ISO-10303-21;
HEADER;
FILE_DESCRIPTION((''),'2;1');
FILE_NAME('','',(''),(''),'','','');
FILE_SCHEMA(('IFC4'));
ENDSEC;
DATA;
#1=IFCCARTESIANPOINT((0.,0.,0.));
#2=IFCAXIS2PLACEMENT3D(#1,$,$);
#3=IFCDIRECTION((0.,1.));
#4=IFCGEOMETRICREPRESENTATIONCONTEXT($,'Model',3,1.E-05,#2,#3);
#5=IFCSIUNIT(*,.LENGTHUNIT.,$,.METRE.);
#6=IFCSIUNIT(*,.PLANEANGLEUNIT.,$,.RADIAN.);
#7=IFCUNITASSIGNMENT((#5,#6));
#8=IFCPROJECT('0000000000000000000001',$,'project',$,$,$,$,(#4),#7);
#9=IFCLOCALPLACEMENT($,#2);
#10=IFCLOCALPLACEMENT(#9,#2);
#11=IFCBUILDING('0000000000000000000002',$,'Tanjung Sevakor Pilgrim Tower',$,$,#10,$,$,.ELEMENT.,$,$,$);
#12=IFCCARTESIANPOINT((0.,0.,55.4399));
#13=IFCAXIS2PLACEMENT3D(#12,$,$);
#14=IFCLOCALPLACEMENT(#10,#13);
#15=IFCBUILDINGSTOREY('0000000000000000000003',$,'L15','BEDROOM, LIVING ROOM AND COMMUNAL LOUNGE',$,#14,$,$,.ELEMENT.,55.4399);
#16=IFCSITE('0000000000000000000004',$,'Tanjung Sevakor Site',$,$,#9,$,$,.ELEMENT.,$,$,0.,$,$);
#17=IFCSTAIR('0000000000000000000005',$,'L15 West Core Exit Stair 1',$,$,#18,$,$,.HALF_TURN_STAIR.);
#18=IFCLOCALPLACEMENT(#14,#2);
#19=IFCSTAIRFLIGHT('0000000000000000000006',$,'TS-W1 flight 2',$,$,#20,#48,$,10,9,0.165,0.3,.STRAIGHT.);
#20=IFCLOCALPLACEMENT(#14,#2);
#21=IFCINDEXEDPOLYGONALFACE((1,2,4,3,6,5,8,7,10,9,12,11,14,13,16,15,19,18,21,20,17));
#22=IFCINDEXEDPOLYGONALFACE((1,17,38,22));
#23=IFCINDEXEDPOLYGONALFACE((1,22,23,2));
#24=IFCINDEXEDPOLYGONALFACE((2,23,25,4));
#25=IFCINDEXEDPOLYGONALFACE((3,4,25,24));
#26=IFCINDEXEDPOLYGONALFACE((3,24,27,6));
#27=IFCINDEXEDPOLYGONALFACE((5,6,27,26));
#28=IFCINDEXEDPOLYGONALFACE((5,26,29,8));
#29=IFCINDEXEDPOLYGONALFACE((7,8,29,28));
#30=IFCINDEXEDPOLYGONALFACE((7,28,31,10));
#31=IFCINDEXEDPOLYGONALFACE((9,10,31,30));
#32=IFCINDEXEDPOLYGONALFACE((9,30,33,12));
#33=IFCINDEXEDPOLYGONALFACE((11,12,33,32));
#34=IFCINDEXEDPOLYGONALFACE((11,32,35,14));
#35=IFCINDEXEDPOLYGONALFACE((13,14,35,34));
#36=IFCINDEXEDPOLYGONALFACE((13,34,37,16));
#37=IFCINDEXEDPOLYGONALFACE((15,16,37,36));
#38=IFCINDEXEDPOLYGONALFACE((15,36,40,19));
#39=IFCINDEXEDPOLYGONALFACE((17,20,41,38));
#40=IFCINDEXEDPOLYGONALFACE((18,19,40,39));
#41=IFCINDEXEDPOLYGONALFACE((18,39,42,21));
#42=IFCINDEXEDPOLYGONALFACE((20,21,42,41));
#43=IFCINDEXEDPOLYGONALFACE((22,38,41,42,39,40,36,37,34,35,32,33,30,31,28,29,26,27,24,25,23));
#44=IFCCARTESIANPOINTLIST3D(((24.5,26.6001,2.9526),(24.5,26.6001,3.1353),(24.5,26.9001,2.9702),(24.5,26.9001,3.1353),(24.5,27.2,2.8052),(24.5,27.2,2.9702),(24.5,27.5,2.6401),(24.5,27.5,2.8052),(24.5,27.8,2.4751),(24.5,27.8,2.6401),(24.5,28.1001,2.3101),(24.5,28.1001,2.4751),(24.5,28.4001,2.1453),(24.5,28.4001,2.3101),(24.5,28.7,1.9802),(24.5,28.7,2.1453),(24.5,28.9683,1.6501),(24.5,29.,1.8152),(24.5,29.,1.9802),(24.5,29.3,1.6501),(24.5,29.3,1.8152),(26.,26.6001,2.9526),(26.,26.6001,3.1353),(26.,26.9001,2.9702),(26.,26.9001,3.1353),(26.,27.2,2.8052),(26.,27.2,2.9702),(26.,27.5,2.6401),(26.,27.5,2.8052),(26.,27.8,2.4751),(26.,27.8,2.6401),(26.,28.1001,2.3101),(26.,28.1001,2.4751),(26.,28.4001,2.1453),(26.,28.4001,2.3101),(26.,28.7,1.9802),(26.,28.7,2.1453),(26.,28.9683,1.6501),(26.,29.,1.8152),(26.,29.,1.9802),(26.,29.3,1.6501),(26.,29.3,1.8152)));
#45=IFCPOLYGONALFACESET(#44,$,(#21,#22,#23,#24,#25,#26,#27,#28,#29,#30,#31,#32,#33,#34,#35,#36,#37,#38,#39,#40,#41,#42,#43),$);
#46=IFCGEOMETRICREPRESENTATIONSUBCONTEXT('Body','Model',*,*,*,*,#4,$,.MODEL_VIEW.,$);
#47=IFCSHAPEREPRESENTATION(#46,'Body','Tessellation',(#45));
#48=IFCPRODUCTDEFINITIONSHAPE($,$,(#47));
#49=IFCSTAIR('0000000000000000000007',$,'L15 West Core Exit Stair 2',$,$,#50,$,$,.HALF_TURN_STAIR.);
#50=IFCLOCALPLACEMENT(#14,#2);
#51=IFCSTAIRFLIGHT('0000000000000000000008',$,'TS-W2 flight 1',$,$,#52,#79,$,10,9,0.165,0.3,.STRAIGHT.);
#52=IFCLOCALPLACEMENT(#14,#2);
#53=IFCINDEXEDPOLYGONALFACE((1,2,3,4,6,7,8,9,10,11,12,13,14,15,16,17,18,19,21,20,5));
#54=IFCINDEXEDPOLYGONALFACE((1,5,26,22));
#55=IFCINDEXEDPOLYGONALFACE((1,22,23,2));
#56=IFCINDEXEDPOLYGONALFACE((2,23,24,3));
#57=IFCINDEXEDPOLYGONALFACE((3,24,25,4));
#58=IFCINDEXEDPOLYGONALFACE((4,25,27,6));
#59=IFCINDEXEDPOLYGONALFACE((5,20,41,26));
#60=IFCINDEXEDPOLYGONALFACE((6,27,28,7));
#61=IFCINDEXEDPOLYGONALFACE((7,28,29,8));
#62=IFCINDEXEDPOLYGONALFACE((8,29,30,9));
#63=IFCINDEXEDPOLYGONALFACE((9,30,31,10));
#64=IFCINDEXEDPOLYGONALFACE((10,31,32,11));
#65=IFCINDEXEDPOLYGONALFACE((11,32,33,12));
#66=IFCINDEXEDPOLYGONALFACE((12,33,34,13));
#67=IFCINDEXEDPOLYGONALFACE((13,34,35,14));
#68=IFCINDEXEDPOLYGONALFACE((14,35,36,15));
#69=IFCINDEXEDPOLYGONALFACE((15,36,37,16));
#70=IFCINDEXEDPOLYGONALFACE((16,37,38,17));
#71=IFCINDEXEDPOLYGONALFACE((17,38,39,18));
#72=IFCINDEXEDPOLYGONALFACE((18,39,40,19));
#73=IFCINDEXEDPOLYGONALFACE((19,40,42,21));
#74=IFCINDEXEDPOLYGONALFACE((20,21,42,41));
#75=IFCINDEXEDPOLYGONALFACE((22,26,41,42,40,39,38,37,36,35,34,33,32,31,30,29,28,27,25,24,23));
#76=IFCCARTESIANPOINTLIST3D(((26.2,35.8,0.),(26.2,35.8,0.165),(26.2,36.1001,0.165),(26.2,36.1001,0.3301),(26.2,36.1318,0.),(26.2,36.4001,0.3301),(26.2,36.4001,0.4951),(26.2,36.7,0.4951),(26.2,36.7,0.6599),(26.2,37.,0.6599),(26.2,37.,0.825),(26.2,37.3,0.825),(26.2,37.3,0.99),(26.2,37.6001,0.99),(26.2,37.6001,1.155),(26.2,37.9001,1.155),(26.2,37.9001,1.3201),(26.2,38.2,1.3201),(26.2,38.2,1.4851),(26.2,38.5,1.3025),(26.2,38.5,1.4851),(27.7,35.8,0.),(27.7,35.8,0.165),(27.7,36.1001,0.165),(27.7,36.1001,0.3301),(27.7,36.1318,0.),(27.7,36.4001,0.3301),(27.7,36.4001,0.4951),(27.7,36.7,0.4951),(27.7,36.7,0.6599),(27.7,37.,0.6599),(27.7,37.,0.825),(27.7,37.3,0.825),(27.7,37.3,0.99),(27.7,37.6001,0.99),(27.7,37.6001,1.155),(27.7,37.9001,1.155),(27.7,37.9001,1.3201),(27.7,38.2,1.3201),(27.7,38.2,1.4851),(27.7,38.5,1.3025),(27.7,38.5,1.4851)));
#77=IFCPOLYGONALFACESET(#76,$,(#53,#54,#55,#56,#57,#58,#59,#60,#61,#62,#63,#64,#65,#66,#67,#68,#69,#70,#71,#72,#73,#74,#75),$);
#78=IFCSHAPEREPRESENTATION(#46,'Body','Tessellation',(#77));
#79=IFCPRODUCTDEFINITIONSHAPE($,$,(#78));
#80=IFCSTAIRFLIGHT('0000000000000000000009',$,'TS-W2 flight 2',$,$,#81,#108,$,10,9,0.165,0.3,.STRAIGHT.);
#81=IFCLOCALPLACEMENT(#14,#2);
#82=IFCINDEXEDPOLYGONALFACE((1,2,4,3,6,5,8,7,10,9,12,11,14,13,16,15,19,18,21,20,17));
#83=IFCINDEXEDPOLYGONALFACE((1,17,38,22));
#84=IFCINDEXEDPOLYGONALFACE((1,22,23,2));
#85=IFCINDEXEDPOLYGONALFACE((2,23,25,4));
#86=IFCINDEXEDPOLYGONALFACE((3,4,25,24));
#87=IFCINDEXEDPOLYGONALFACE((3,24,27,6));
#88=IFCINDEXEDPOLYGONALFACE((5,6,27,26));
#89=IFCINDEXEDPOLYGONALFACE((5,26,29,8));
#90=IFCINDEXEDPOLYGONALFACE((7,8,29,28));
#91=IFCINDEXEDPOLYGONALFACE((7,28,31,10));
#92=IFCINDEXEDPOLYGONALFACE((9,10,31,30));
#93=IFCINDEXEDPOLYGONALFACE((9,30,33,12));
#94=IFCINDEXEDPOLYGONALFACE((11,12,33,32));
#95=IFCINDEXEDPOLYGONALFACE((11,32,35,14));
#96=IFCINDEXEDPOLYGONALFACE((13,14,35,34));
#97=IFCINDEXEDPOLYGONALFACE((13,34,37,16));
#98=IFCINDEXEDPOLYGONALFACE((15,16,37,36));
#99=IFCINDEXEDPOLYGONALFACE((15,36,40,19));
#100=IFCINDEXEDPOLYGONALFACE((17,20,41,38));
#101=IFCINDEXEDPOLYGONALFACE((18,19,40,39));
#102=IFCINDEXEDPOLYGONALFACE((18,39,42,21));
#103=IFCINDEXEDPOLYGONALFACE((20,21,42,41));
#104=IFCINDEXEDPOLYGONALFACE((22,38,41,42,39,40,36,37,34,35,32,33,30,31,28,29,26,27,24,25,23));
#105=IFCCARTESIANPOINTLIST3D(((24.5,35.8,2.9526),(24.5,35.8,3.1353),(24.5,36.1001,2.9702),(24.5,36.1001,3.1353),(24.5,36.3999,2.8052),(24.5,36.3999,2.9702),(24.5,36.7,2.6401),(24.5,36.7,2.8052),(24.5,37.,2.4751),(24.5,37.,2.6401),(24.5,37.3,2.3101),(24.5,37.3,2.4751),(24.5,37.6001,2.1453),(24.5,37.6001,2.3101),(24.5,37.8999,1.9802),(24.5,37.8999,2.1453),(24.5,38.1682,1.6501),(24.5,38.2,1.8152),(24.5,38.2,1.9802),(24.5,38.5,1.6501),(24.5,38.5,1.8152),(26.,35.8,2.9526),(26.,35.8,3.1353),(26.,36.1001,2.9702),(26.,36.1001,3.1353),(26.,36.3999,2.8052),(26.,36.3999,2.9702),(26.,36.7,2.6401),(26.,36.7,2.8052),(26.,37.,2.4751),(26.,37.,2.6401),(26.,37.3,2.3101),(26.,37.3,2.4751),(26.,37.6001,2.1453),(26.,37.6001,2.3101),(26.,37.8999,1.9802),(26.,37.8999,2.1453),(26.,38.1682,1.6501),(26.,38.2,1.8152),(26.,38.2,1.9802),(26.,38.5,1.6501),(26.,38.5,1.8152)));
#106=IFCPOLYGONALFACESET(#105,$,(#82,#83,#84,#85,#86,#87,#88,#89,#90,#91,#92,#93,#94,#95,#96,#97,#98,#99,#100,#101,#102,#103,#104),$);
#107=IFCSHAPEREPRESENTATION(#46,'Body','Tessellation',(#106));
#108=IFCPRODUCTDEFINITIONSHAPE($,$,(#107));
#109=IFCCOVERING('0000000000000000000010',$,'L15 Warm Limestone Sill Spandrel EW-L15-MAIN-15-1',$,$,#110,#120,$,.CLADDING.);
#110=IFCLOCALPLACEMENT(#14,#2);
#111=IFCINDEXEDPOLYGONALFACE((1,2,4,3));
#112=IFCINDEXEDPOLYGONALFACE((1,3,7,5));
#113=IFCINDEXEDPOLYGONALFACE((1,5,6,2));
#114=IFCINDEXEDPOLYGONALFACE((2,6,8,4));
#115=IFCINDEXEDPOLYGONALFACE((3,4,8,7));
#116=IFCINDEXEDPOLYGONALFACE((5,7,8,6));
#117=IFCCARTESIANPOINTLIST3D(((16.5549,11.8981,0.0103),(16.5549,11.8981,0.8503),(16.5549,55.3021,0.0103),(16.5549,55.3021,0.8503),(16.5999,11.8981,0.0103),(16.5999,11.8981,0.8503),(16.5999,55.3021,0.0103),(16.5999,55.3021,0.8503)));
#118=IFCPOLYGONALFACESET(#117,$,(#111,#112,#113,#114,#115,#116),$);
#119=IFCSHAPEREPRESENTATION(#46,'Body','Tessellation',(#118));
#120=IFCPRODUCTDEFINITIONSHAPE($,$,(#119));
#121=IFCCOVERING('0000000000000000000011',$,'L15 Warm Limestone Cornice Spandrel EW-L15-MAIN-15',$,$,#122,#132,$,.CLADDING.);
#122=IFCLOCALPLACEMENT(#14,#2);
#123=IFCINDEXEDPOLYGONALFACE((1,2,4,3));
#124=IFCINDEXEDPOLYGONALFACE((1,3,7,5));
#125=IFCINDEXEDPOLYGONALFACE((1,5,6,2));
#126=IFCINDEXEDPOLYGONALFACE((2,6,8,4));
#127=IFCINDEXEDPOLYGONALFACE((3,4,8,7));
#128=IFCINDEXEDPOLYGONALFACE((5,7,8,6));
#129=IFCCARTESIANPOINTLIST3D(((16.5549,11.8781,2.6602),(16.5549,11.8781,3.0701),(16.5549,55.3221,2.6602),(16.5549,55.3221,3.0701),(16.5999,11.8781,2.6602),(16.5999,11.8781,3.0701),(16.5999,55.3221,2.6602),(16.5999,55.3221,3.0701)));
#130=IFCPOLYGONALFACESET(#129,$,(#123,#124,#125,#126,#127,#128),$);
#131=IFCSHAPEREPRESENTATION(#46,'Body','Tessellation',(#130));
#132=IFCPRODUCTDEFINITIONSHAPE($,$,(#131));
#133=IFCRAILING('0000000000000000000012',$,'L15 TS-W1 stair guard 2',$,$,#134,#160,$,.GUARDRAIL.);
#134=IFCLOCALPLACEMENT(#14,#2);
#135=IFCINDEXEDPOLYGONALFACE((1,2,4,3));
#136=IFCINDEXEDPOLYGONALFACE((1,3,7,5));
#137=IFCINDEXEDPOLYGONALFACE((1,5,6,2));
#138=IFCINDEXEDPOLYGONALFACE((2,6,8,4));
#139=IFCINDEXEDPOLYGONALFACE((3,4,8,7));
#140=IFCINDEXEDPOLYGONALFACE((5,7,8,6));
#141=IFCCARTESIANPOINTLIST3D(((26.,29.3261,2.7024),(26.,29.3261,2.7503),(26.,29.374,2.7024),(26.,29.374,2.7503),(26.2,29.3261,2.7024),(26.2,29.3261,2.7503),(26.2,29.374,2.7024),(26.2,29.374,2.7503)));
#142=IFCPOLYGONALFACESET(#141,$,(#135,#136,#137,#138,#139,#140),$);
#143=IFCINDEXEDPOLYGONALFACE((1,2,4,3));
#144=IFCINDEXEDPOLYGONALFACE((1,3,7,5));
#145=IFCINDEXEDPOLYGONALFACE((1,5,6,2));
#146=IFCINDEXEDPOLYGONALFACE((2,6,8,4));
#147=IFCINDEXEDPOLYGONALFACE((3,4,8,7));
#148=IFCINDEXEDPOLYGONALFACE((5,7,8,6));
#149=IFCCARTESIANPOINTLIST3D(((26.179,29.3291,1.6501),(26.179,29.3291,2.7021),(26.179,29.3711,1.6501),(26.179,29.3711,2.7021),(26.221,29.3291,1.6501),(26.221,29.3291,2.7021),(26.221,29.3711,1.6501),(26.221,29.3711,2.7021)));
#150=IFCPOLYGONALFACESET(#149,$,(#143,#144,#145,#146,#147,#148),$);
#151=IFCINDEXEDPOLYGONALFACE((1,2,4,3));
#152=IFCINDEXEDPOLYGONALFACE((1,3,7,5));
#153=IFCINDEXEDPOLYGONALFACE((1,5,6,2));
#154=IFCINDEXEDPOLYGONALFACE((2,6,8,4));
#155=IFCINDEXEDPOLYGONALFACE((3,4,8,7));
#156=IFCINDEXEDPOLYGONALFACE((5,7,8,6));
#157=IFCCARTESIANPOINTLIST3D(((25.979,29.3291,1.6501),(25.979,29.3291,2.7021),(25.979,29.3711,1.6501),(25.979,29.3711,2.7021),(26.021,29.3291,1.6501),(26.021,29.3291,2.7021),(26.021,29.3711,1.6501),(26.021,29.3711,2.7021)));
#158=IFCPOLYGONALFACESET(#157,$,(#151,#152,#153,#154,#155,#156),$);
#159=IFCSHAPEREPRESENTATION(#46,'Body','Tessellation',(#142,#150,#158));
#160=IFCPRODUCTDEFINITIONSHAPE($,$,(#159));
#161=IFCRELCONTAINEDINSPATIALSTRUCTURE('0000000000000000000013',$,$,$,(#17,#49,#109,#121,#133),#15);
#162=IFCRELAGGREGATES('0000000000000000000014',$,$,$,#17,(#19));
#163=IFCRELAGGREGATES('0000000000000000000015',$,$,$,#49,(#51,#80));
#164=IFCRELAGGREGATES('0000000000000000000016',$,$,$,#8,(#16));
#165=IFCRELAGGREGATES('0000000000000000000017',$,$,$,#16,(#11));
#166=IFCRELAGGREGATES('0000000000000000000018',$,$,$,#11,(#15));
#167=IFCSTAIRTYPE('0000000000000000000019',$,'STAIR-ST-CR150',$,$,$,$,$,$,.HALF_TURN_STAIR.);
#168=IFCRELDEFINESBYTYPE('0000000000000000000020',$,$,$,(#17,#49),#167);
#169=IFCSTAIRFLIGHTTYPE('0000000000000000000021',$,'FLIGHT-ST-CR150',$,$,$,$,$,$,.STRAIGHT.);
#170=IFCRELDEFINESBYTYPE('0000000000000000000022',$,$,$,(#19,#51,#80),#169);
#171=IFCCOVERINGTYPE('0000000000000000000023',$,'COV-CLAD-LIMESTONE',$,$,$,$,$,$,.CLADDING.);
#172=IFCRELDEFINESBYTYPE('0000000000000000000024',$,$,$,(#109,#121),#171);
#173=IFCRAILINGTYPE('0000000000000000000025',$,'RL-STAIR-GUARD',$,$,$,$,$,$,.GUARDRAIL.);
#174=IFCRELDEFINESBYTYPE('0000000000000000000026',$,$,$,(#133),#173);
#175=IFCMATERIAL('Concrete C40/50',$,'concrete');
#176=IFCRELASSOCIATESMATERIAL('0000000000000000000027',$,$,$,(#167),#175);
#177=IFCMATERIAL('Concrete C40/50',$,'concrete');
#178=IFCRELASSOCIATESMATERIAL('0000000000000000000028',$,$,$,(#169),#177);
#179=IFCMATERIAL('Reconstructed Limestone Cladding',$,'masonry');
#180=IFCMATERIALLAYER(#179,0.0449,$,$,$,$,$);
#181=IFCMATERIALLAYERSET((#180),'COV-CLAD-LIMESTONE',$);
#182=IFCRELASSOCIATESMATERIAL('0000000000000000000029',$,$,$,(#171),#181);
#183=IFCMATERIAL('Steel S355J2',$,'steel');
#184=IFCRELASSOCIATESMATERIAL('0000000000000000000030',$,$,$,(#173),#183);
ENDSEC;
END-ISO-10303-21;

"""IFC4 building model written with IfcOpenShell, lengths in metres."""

from ifc_helpers import new_model, si_unit, direction, frame, origin, origin_2d, place, context, subcontext, project, spatial, polyline, rectangle, outline, extrude, material, layer, layer_set, type_object, element, aggregate, save


model = new_model("IFC4")

# Units and contexts
model_context = context("Model", 3, precision=1e-05, world=origin(), true_north=direction((0.0, 1.0)))
body_context = subcontext(model_context, "Body", "Model", "MODEL_VIEW")
ifc_project = project(units=[si_unit("LENGTHUNIT", "METRE"), si_unit("PLANEANGLEUNIT", "RADIAN")], contexts=[model_context])

# Site, building, storey
site_placement = place(None, origin())
site = spatial("IfcSite", under=ifc_project, at=site_placement, Name="Tanjung Sevakor Site", CompositionType="ELEMENT", RefElevation=0.0)
building_placement = place(site_placement, origin())
building = spatial("IfcBuilding", under=site, at=building_placement, Name="Tanjung Sevakor Pilgrim Tower", CompositionType="ELEMENT")
storey_placement = place(building_placement, frame((0.0, 0.0, 55.4399)))
storey = spatial("IfcBuildingStorey", under=building, at=storey_placement, Name="L15", Description="BEDROOM, LIVING ROOM AND COMMUNAL LOUNGE", CompositionType="ELEMENT", Elevation=55.4399)

# Stair, stair flight
ifc_material_1 = material(Name="Concrete C40/50", Category="concrete")
stair_type = type_object("IfcStairType", Name="STAIR-ST-CR150", PredefinedType="HALF_TURN_STAIR", material=ifc_material_1)
stair_1_placement = place(storey_placement, origin())
stair_1 = element("IfcStair", 1, at=stair_1_placement, inside=storey, type_object=stair_type, Name="L15 West Core Exit Stair 1", PredefinedType="HALF_TURN_STAIR")
ifc_material_2 = material(Name="Concrete C40/50", Category="concrete")
stair_flight_type = type_object("IfcStairFlightType", Name="FLIGHT-ST-CR150", PredefinedType="STRAIGHT", material=ifc_material_2)
stair_flight_1_placement = place(storey_placement, frame((25.25, 29.3, 1.6501), z_axis=(0.0, 0.0, 1.0), x_axis=(0.0, -1.0, 0.0)))
stair_flight_1 = element("IfcStairFlight", 2, at=stair_flight_1_placement, type_object=stair_flight_type, Name="TS-W1 flight 2", NumberOfRisers=10, NumberOfTreads=9, PredefinedType="STRAIGHT", RiserHeight=0.165, TreadLength=0.3, context=body_context, shape_type="SweptSolid", body=[
    extrude(outline(polyline([(0.0, 0.0), (0.0, 0.165), (0.3, 0.165), (0.3, 0.3301), (0.6001, 0.3301), (0.6001, 0.4951), (0.8999, 0.4951), (0.8999, 0.6599), (1.2, 0.6599), (1.2, 0.825), (1.5, 0.825), (1.5, 0.99), (1.8, 0.99), (1.8, 1.155), (2.1001, 1.155), (2.1001, 1.3201), (2.3999, 1.3201), (2.3999, 1.4851), (2.7, 1.4851), (2.7, 1.6499), (2.7, 1.3025), (0.3318, 0.0), (0.0, 0.0)])), frame((0.0, 0.75, 0.0), z_axis=(0.0, -1.0, 0.0), x_axis=(1.0, 0.0, 0.0)), (0.0, 0.0, 1.0), 1.5),
])
aggregate(stair_1, [stair_flight_1])

# Stair, stair flights
stair_2_placement = place(storey_placement, origin())
stair_2 = element("IfcStair", 3, at=stair_2_placement, inside=storey, type_object=stair_type, Name="L15 West Core Exit Stair 2", PredefinedType="HALF_TURN_STAIR")
stair_flight_2_placement = place(storey_placement, frame((26.95, 35.8, 0.0), z_axis=(0.0, 0.0, 1.0), x_axis=(0.0, 1.0, 0.0)))
stair_flight_2 = element("IfcStairFlight", 4, at=stair_flight_2_placement, type_object=stair_flight_type, Name="TS-W2 flight 1", NumberOfRisers=10, NumberOfTreads=9, PredefinedType="STRAIGHT", RiserHeight=0.165, TreadLength=0.3, context=body_context, shape_type="SweptSolid", body=[
    extrude(outline(polyline([(0.0, 0.0), (0.0, 0.165), (0.3, 0.165), (0.3, 0.3301), (0.6001, 0.3301), (0.6001, 0.4951), (0.8999, 0.4951), (0.8999, 0.6599), (1.2, 0.6599), (1.2, 0.825), (1.5, 0.825), (1.5, 0.99), (1.8, 0.99), (1.8, 1.155), (2.1001, 1.155), (2.1001, 1.3201), (2.3999, 1.3201), (2.3999, 1.4851), (2.7, 1.4851), (2.7, 1.6499), (2.7, 1.3025), (0.3318, 0.0), (0.0, 0.0)])), frame((0.0, 0.75, 0.0), z_axis=(0.0, -1.0, 0.0), x_axis=(1.0, 0.0, 0.0)), (0.0, 0.0, 1.0), 1.5),
])
stair_flight_3_placement = place(storey_placement, frame((25.25, 38.5, 1.6501), z_axis=(0.0, 0.0, 1.0), x_axis=(0.0, -1.0, 0.0)))
stair_flight_3 = element("IfcStairFlight", 5, at=stair_flight_3_placement, type_object=stair_flight_type, Name="TS-W2 flight 2", NumberOfRisers=10, NumberOfTreads=9, PredefinedType="STRAIGHT", RiserHeight=0.165, TreadLength=0.3, context=body_context, shape_type="SweptSolid", body=[
    extrude(outline(polyline([(0.0, 0.0), (0.0, 0.165), (0.3, 0.165), (0.3, 0.3301), (0.6001, 0.3301), (0.6001, 0.4951), (0.8999, 0.4951), (0.8999, 0.6599), (1.2, 0.6599), (1.2, 0.825), (1.5, 0.825), (1.5, 0.99), (1.8, 0.99), (1.8, 1.155), (2.1001, 1.155), (2.1001, 1.3201), (2.3999, 1.3201), (2.3999, 1.4851), (2.7, 1.4851), (2.7, 1.6499), (2.7, 1.3025), (0.3318, 0.0), (0.0, 0.0)])), frame((0.0, 0.75, 0.0), z_axis=(0.0, -1.0, 0.0), x_axis=(1.0, 0.0, 0.0)), (0.0, 0.0, 1.0), 1.5),
])
aggregate(stair_2, [stair_flight_2, stair_flight_3])

# Coverings
ifc_material_3 = material(Name="Reconstructed Limestone Cladding", Category="masonry")
ifc_layer_1 = layer(ifc_material_3, 0.0449)
ifc_layer_set_1 = layer_set([ifc_layer_1], Name="COV-CLAD-LIMESTONE")
covering_type = type_object("IfcCoveringType", Name="COV-CLAD-LIMESTONE", PredefinedType="CLADDING", material=ifc_layer_set_1)
covering_1_placement = place(storey_placement, frame((16.5774, 33.6001, 0.0103), z_axis=(0.0, 0.0, 1.0), x_axis=(0.0, -1.0, 0.0)))
element("IfcCovering", 6, at=covering_1_placement, inside=storey, type_object=covering_type, Name="L15 Warm Limestone Sill Spandrel EW-L15-MAIN-15-1", PredefinedType="CLADDING", context=body_context, shape_type="SweptSolid", body=[
    extrude(rectangle(XDim=43.4041, YDim=0.0449, at=origin_2d()), origin(), (0.0, 0.0, 1.0), 0.8401),
])
covering_2_placement = place(storey_placement, frame((16.5774, 33.6001, 2.6602), z_axis=(0.0, 0.0, 1.0), x_axis=(0.0, -1.0, 0.0)))
element("IfcCovering", 7, at=covering_2_placement, inside=storey, type_object=covering_type, Name="L15 Warm Limestone Cornice Spandrel EW-L15-MAIN-15", PredefinedType="CLADDING", context=body_context, shape_type="SweptSolid", body=[
    extrude(rectangle(XDim=43.4441, YDim=0.0449, at=origin_2d()), origin(), (0.0, 0.0, 1.0), 0.4099),
])

# Railing
ifc_material_4 = material(Name="Steel S355J2", Category="steel")
railing_type_1 = type_object("IfcRailingType", Name="RL-STAIR-GUARD", PredefinedType="GUARDRAIL", material=ifc_material_4)
railing_1_placement = place(storey_placement, frame((26.2, 29.3501, 1.6501)))
element("IfcRailing", 8, at=railing_1_placement, inside=storey, type_object=railing_type_1, Name="L15 TS-W1 stair guard 2", PredefinedType="GUARDRAIL", context=body_context, shape_type="SweptSolid", body=[
    extrude(rectangle(XDim=0.0479, YDim=0.0479), frame((0.0, 0.0, 1.0762), z_axis=(-1.0, 0.0, 0.0), x_axis=(0.0, -1.0, 0.0)), (0.0, 0.0, 1.0), 0.2),
    extrude(rectangle(XDim=0.042, YDim=0.042), origin(), (0.0, 0.0, 1.0), 1.052),
    extrude(rectangle(XDim=0.042, YDim=0.042), frame((-0.2, 0.0, 0.0)), (0.0, 0.0, 1.0), 1.052),
])

save(model, "model.ifc")
